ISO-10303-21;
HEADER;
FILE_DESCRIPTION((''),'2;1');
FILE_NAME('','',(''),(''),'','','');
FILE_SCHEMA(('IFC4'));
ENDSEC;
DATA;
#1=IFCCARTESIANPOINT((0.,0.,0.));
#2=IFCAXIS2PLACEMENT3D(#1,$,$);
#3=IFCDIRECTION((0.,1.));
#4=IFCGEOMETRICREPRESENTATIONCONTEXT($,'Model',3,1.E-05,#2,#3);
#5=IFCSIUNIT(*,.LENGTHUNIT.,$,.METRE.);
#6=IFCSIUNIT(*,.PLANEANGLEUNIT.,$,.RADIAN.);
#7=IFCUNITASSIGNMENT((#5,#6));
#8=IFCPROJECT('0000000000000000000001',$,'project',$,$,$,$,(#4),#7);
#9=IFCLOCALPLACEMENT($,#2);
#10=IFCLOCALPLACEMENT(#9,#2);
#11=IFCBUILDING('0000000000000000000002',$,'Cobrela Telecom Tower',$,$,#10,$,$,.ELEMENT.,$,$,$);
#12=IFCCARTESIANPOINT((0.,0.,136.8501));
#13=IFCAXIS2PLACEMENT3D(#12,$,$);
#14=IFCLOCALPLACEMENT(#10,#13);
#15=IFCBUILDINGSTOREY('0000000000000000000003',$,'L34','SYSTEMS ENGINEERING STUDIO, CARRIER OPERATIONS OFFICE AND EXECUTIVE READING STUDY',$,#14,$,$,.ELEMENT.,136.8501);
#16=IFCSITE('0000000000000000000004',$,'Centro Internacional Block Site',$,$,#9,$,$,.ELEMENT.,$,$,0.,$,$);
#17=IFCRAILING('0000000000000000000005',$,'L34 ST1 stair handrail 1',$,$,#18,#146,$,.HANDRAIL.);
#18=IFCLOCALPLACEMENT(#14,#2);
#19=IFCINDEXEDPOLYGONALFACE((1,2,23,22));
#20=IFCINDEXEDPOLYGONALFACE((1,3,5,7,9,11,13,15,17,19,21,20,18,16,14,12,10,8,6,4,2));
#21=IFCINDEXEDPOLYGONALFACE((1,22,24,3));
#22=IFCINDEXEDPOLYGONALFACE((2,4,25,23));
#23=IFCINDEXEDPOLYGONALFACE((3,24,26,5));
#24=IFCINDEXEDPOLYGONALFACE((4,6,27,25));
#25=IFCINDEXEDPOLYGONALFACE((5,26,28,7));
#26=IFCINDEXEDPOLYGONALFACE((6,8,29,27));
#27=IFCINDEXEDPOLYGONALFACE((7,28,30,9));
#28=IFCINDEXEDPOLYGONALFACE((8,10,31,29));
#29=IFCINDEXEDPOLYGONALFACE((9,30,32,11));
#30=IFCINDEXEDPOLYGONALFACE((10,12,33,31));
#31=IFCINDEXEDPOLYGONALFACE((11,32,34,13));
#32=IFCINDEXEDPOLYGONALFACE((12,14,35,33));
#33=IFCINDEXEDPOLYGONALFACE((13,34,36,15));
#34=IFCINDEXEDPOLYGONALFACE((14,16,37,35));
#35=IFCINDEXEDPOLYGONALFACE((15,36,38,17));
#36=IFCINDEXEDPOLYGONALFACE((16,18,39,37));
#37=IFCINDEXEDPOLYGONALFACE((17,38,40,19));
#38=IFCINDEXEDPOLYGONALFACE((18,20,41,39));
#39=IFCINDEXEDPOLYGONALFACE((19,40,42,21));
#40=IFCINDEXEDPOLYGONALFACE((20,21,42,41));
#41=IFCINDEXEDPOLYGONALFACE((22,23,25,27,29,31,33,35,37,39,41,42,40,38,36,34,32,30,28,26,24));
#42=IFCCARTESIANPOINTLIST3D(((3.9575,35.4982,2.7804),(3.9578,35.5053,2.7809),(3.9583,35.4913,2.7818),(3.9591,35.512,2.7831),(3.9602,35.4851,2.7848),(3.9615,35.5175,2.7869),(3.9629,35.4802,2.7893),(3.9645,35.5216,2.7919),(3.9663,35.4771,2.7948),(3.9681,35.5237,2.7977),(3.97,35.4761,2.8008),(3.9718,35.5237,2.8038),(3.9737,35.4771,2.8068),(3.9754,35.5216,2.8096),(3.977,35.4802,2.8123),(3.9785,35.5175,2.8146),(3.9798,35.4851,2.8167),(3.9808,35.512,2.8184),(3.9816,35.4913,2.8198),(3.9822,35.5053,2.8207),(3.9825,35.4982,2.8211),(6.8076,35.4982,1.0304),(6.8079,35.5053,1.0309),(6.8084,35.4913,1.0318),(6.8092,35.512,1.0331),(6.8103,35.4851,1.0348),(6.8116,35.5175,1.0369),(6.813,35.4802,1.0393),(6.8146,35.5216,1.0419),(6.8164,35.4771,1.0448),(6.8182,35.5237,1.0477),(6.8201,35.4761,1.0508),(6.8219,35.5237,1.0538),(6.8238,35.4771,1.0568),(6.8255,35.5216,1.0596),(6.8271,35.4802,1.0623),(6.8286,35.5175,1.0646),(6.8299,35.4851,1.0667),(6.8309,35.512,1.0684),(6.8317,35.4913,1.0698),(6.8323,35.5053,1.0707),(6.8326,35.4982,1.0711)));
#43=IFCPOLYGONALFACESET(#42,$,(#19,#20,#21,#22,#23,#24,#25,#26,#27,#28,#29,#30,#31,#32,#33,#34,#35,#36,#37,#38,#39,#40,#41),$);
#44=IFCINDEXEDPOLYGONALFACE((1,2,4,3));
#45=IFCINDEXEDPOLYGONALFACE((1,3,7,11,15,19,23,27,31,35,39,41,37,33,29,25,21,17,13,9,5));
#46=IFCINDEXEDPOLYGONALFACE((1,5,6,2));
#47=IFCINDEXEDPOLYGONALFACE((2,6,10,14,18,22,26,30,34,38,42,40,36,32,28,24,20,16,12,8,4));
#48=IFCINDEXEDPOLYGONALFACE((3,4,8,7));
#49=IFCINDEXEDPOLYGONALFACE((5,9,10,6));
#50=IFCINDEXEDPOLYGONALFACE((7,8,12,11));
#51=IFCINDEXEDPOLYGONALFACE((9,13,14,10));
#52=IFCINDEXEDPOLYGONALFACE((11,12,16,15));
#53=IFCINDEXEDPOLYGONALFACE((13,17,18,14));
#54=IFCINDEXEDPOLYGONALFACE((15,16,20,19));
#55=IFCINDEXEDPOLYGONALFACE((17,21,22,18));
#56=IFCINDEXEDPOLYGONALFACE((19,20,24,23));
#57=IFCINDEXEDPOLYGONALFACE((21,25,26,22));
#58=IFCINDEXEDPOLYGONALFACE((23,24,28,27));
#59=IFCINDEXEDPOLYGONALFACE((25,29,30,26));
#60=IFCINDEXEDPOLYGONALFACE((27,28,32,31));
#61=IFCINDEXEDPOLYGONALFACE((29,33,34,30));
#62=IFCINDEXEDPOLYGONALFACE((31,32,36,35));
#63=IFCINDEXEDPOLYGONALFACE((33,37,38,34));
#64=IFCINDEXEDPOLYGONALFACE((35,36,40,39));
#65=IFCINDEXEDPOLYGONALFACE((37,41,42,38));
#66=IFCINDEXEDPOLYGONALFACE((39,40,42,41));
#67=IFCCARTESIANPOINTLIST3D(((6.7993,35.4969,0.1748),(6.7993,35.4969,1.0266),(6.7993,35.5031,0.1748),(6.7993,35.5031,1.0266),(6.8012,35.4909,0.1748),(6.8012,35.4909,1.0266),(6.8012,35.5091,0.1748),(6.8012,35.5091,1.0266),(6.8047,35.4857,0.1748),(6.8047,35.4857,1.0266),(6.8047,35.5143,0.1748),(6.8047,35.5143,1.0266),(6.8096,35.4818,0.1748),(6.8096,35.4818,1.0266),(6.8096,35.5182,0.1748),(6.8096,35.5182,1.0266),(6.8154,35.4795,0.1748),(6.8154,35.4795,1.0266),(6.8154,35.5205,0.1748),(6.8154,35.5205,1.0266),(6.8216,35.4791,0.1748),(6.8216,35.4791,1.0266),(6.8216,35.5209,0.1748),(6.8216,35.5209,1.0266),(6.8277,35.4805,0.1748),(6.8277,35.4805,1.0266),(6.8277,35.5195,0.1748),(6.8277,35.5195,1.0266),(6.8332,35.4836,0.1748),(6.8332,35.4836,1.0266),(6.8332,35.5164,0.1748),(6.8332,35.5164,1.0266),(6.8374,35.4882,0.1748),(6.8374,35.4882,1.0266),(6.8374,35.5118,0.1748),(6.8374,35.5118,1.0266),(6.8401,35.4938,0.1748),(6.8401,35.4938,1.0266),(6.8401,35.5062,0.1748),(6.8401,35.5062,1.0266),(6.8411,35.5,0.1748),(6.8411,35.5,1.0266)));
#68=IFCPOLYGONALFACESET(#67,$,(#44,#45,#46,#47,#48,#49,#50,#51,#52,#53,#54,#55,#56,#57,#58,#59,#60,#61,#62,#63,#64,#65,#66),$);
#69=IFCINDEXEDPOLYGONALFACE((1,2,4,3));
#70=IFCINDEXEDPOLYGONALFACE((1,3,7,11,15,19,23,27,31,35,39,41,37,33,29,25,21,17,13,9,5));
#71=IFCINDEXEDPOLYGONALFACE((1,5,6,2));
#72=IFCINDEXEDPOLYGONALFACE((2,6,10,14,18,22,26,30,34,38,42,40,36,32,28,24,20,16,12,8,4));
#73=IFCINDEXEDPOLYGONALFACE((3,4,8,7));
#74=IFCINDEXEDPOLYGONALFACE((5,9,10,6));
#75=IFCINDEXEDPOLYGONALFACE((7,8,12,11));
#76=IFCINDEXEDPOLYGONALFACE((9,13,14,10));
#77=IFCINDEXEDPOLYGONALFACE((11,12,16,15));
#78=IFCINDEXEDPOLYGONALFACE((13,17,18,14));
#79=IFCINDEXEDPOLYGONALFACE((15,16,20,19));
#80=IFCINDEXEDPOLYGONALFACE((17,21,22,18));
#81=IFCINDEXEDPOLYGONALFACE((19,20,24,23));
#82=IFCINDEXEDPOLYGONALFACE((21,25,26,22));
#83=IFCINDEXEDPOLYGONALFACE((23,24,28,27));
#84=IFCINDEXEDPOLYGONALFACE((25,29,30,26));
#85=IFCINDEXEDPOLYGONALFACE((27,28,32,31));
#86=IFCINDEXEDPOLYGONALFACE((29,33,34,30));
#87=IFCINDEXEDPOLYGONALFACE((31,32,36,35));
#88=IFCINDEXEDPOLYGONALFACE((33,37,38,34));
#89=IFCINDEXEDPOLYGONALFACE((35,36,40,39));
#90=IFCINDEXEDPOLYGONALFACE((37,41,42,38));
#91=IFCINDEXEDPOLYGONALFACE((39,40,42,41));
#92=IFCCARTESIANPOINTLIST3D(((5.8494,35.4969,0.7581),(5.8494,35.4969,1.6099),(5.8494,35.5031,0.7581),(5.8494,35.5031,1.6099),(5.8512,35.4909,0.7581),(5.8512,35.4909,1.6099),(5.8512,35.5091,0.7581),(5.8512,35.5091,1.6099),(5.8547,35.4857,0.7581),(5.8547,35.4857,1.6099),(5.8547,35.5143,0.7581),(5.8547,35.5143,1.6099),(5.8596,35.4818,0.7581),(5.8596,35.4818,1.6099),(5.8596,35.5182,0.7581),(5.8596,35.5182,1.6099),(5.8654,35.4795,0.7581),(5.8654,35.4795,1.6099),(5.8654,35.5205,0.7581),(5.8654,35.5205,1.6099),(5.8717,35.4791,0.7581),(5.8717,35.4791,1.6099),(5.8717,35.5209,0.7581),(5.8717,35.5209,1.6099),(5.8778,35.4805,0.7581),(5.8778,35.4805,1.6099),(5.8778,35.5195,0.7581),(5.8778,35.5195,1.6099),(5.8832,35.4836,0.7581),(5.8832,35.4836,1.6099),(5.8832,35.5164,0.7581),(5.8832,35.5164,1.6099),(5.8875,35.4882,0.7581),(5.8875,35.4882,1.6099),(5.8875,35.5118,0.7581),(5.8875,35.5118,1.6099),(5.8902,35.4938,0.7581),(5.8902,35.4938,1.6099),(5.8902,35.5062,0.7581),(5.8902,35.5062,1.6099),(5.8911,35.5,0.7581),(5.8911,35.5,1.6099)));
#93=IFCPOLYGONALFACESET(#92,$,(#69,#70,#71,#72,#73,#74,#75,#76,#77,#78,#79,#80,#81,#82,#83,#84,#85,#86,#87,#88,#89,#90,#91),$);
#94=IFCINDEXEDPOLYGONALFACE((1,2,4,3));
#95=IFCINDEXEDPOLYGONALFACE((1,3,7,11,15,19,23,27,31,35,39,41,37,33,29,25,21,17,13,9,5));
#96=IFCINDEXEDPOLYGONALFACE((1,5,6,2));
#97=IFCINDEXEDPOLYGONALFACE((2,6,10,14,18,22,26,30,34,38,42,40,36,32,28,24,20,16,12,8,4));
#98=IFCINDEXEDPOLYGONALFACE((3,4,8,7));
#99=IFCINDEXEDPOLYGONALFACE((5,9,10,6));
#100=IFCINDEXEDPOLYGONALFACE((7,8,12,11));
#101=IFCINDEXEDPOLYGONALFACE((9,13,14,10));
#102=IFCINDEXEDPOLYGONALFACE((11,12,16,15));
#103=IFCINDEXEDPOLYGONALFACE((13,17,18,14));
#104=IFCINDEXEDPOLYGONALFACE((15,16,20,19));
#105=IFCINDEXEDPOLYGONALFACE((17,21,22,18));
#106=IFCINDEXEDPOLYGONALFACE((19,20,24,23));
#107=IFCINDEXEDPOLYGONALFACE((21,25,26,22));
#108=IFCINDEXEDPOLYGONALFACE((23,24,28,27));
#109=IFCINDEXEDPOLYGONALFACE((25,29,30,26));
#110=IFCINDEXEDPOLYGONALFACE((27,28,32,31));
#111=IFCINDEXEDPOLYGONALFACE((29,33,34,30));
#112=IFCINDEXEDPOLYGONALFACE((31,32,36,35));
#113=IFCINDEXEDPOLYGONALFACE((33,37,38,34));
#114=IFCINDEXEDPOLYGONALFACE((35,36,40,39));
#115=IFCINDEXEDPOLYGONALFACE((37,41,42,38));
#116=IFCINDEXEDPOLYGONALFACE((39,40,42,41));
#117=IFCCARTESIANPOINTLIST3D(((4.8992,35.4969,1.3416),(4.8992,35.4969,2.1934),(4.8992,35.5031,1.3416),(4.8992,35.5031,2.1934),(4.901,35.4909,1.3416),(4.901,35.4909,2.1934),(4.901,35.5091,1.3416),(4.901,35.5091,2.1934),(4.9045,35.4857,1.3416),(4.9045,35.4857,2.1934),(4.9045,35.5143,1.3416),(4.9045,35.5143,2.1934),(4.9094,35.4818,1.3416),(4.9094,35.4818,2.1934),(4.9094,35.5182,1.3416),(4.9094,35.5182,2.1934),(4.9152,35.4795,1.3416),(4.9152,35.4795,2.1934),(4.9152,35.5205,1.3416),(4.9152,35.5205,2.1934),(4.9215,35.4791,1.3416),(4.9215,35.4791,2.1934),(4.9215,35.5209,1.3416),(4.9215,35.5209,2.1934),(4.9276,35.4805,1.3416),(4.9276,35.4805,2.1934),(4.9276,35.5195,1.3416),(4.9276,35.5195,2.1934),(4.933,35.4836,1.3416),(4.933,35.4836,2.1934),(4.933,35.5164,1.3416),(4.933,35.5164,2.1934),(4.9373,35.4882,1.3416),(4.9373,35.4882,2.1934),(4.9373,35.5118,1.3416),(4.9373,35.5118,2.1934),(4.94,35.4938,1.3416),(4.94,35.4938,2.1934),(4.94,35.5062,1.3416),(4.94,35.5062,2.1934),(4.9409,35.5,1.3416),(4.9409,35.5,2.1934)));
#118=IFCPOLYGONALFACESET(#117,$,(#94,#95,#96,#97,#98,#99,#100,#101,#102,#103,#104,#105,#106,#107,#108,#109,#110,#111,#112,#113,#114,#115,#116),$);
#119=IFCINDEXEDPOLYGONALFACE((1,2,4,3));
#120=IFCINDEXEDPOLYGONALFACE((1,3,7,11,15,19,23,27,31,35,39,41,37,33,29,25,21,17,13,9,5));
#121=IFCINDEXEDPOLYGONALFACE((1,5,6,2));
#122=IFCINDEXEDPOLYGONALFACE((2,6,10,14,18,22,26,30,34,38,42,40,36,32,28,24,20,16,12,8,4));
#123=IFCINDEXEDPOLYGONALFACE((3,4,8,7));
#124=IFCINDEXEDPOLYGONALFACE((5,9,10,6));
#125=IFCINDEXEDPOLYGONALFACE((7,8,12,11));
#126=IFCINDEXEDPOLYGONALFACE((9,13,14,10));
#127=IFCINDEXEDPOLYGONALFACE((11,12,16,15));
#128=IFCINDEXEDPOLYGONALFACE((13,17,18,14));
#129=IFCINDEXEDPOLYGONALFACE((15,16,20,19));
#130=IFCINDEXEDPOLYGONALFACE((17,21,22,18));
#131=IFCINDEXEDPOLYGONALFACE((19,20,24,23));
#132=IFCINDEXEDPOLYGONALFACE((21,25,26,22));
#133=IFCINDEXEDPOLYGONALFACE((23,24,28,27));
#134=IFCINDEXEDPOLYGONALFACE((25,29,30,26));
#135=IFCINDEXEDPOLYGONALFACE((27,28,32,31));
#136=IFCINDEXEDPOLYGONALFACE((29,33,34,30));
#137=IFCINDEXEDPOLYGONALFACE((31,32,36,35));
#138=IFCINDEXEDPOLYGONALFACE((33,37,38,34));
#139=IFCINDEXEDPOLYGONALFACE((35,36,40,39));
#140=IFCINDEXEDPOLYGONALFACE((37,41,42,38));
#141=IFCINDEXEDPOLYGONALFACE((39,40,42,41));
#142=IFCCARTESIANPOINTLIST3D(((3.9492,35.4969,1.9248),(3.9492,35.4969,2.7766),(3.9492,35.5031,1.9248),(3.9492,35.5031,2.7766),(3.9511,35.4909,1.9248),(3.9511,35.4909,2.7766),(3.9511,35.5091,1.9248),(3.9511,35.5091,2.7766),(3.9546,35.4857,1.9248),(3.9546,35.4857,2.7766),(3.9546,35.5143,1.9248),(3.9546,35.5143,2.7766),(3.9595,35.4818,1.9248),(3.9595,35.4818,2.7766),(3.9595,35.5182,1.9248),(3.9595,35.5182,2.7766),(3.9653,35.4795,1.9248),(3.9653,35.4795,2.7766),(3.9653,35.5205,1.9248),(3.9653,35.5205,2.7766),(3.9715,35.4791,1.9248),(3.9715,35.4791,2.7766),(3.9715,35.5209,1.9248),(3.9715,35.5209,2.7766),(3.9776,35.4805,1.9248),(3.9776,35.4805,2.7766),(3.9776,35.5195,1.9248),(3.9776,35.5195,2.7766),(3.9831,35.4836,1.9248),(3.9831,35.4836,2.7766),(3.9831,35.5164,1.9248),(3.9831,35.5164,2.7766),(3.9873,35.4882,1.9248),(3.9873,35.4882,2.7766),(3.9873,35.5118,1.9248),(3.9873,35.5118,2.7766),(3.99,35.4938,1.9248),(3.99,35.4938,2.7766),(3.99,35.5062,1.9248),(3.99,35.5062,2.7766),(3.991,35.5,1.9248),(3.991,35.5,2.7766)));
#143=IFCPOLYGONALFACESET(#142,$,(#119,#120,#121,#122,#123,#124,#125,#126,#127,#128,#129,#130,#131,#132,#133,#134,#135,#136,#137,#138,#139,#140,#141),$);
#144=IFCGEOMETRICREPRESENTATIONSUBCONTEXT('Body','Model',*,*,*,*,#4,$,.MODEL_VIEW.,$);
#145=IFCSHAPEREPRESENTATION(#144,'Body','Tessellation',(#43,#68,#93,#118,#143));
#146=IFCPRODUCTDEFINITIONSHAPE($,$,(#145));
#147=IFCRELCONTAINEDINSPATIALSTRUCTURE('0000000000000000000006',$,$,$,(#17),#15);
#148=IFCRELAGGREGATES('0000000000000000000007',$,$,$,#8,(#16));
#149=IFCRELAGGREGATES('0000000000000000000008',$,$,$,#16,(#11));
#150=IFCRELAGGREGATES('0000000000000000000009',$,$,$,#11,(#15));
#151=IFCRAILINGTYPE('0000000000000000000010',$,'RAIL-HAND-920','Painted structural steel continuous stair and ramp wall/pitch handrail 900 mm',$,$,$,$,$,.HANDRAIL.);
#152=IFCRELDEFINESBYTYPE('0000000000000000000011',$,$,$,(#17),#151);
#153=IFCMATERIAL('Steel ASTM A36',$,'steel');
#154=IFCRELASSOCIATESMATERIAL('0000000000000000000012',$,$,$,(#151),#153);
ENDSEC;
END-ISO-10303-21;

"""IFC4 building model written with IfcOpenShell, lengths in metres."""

from ifc_helpers import new_model, si_unit, direction, frame, origin, origin_2d, place, context, subcontext, project, spatial, circle, extrude, material, type_object, element, save


model = new_model("IFC4")

# Units and contexts
model_context = context("Model", 3, precision=1e-05, world=origin(), true_north=direction((0.0, 1.0)))
body_context = subcontext(model_context, "Body", "Model", "MODEL_VIEW")
ifc_project = project(units=[si_unit("LENGTHUNIT", "METRE"), si_unit("PLANEANGLEUNIT", "RADIAN")], contexts=[model_context])

# Site, building, storey
site_placement = place(None, origin())
site = spatial("IfcSite", under=ifc_project, at=site_placement, Name="Centro Internacional Block Site", CompositionType="ELEMENT", RefElevation=0.0)
building_placement = place(site_placement, origin())
building = spatial("IfcBuilding", under=site, at=building_placement, Name="Cobrela Telecom Tower", CompositionType="ELEMENT")
storey_placement = place(building_placement, frame((0.0, 0.0, 136.8501)))
storey = spatial("IfcBuildingStorey", under=building, at=storey_placement, Name="L34", Description="SYSTEMS ENGINEERING STUDIO, CARRIER OPERATIONS OFFICE AND EXECUTIVE READING STUDY", CompositionType="ELEMENT", Elevation=136.8501)

# Shared definitions
ifc_material_1 = material(Name="Steel ASTM A36", Category="steel")

# Railing
railing_type_1 = type_object("IfcRailingType", Name="RAIL-HAND-920", Description="Painted structural steel continuous stair and ramp wall/pitch handrail 900 mm", PredefinedType="HANDRAIL", material=ifc_material_1)
railing_1_placement = place(storey_placement, frame((6.8201, 35.5, 0.1748)))
element("IfcRailing", 1, at=railing_1_placement, inside=storey, type_object=railing_type_1, Name="L34 ST1 stair handrail 1", PredefinedType="HANDRAIL", context=body_context, shape_type="SweptSolid", body=[
    extrude(circle(Radius=0.0239, at=origin_2d()), frame((0.0, 0.0, 0.876), z_axis=(-0.852179, 0.0, 0.52325), x_axis=(0.0, -1.0, 0.0)), (0.0, 0.0, 1.0), 3.3445),
    extrude(circle(Radius=0.021, at=origin_2d()), origin(), (0.0, 0.0, 1.0), 0.8518),
    extrude(circle(Radius=0.021, at=origin_2d()), frame((-0.95, 0.0, 0.5833)), (0.0, 0.0, 1.0), 0.8518),
    extrude(circle(Radius=0.021, at=origin_2d()), frame((-1.9001, 0.0, 1.1667)), (0.0, 0.0, 1.0), 0.8518),
    extrude(circle(Radius=0.021, at=origin_2d()), frame((-2.8501, 0.0, 1.75)), (0.0, 0.0, 1.0), 0.8518),
])

save(model, "model.ifc")
